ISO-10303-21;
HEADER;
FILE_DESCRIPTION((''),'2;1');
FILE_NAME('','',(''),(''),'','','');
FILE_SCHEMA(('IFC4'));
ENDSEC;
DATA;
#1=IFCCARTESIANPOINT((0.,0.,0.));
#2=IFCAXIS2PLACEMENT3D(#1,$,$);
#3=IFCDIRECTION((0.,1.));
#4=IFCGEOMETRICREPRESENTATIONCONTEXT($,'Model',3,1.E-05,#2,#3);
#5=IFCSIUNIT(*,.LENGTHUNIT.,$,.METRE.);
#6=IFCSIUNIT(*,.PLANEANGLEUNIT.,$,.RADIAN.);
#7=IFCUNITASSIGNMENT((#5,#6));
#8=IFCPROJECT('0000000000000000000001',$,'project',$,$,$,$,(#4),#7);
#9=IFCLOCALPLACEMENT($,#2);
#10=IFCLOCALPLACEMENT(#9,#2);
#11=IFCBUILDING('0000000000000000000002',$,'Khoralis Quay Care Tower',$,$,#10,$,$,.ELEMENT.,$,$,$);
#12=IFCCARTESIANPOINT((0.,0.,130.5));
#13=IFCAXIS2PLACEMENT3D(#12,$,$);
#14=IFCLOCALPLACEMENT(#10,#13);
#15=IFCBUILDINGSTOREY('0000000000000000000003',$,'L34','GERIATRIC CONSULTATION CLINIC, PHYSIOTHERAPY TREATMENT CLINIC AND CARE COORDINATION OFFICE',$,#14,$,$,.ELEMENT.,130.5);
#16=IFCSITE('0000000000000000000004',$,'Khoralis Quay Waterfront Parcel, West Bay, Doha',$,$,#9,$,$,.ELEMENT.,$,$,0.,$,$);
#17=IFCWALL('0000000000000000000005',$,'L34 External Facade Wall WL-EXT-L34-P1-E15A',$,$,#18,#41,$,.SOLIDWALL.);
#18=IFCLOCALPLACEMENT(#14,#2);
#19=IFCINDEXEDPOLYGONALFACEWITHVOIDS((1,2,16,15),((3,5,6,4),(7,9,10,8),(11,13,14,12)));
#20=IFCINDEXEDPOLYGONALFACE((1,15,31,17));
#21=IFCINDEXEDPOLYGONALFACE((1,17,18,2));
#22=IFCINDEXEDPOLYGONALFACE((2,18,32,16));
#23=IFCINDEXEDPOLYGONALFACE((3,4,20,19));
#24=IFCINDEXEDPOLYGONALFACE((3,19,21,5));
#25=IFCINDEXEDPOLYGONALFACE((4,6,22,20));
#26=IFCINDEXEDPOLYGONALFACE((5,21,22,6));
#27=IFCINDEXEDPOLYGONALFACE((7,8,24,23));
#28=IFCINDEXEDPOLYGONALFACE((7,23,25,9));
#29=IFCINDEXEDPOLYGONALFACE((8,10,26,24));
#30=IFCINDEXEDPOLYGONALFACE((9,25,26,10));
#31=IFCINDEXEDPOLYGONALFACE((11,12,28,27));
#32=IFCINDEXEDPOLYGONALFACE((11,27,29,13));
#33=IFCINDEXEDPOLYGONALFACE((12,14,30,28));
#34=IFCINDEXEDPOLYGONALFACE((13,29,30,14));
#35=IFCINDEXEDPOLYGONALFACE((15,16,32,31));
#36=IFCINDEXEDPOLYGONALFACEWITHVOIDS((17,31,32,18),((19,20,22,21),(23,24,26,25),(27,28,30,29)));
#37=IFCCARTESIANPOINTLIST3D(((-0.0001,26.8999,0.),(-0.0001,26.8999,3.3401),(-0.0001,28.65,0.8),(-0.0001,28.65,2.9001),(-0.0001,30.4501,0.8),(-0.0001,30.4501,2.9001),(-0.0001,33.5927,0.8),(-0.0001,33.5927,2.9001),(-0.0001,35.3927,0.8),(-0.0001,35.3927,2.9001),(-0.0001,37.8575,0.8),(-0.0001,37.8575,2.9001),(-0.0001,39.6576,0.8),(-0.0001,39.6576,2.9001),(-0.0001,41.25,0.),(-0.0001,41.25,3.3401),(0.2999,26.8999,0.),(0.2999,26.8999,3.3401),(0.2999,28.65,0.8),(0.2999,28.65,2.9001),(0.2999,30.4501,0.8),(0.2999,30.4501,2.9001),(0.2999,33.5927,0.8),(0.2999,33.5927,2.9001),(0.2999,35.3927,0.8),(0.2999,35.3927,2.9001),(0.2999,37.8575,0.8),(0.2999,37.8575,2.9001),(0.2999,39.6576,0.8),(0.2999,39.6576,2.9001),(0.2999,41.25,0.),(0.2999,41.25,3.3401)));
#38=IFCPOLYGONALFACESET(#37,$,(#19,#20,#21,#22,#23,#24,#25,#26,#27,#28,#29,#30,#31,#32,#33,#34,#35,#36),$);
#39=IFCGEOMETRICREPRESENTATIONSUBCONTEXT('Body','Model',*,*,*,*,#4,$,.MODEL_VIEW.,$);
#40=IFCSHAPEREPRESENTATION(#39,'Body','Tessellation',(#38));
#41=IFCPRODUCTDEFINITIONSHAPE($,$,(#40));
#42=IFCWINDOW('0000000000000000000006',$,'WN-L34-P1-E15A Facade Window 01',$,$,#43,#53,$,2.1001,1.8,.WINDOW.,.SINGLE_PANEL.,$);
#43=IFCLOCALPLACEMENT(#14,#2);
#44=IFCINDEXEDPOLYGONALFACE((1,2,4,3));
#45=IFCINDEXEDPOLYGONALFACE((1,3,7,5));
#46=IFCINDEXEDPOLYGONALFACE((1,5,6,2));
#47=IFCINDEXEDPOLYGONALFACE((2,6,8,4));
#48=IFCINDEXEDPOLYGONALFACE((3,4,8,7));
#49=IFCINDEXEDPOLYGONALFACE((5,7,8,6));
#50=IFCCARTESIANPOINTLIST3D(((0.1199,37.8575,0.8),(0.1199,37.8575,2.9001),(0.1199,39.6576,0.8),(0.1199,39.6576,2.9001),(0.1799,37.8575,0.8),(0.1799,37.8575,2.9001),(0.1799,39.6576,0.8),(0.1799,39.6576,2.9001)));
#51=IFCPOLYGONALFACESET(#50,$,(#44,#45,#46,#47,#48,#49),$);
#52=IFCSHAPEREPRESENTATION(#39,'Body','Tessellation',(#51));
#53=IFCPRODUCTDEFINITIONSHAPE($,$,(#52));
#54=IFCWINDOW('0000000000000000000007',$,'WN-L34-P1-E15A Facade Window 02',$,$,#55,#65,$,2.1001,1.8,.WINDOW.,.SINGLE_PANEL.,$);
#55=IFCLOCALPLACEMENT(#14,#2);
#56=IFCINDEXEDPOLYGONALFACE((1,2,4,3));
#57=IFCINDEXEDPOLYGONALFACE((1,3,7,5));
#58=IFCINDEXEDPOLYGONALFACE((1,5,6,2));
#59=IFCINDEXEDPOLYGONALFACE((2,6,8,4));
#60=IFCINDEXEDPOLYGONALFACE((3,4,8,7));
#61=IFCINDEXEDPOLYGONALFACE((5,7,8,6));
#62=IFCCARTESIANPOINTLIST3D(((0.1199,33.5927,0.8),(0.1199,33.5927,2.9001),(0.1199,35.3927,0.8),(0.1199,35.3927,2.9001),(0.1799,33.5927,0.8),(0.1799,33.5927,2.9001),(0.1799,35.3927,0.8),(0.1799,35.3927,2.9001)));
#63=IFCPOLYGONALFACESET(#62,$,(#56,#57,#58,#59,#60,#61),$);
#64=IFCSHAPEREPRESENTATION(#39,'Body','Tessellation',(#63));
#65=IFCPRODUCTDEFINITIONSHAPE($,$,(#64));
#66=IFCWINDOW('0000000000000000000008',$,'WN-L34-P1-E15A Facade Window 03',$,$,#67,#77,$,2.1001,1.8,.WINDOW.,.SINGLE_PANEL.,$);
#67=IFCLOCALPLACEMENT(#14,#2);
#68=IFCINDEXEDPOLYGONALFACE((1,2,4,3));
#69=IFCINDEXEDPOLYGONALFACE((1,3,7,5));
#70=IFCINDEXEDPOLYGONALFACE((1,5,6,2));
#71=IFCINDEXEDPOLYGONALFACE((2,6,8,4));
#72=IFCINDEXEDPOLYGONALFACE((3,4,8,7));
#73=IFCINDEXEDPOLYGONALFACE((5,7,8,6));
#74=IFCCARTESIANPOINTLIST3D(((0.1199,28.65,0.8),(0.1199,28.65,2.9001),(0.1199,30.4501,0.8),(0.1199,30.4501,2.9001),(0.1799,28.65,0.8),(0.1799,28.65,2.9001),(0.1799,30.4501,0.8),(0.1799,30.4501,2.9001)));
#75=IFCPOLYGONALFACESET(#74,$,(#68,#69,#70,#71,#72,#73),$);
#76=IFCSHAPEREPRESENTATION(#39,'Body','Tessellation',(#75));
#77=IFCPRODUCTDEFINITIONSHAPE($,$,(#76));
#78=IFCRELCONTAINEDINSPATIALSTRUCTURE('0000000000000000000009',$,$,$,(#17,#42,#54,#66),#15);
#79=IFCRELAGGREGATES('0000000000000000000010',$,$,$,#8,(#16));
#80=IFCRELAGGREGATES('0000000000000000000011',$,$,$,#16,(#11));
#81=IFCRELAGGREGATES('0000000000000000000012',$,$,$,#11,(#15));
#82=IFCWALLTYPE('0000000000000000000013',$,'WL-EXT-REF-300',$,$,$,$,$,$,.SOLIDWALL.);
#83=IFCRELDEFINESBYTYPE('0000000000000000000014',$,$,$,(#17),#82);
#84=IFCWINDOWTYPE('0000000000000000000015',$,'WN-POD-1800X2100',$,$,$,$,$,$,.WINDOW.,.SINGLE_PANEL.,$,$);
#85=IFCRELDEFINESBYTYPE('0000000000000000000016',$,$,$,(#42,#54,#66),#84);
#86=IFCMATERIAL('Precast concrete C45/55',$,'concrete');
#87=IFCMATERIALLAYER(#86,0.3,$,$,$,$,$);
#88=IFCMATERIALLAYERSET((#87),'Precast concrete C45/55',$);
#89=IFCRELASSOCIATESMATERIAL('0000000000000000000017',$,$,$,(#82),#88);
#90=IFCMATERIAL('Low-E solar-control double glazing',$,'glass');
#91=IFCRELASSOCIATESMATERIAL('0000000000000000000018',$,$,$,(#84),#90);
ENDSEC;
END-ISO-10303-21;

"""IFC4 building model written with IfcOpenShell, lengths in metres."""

from ifc_helpers import new_model, si_unit, direction, frame, frame_2d, origin, place, context, subcontext, project, spatial, rectangle, extrude, source, transform, mapped, material, layer, layer_set, type_object, element, fill, save


model = new_model("IFC4")

# Units and contexts
model_context = context("Model", 3, precision=1e-05, world=origin(), true_north=direction((0.0, 1.0)))
body_context = subcontext(model_context, "Body", "Model", "MODEL_VIEW")
ifc_project = project(units=[si_unit("LENGTHUNIT", "METRE"), si_unit("PLANEANGLEUNIT", "RADIAN")], contexts=[model_context])

# Site, building, storey
site_placement = place(None, origin())
site = spatial("IfcSite", under=ifc_project, at=site_placement, Name="Khoralis Quay Waterfront Parcel, West Bay, Doha", CompositionType="ELEMENT", RefElevation=0.0)
building_placement = place(site_placement, origin())
building = spatial("IfcBuilding", under=site, at=building_placement, Name="Khoralis Quay Care Tower", CompositionType="ELEMENT")
storey_placement = place(building_placement, frame((0.0, 0.0, 130.5)))
storey = spatial("IfcBuildingStorey", under=building, at=storey_placement, Name="L34", Description="GERIATRIC CONSULTATION CLINIC, PHYSIOTHERAPY TREATMENT CLINIC AND CARE COORDINATION OFFICE", CompositionType="ELEMENT", Elevation=130.5)

# Shared definitions
ifc_material_1 = material(Name="Precast concrete C45/55", Category="concrete")
ifc_layer = layer(ifc_material_1, 0.3)
ifc_layer_set = layer_set([ifc_layer], Name="Precast concrete C45/55")
wall_type = type_object("IfcWallType", Name="WL-EXT-REF-300", PredefinedType="SOLIDWALL", material=ifc_layer_set)

# Wall, openings, windows
wall_placement = place(storey_placement, frame((0.1499, 41.25, 0.0), z_axis=(0.0, 0.0, 1.0), x_axis=(0.0, -1.0, 0.0)))
wall = element("IfcWall", 1, at=wall_placement, inside=storey, type_object=wall_type, Name="L34 External Facade Wall WL-EXT-L34-P1-E15A", PredefinedType="SOLIDWALL", context=body_context, shape_type="SweptSolid", body=[
    extrude(rectangle(XDim=14.3501, YDim=0.3, at=frame_2d((7.175, 0.0))), origin(), (0.0, 0.0, 1.0), 3.3401),
])
opening_1_placement = place(wall_placement, frame((1.5925, 0.0, 0.8)))
opening_1 = element("IfcOpeningElement", 2, at=opening_1_placement, cuts=wall, PredefinedType="OPENING", context=body_context, shape_type="SweptSolid", body=[
    extrude(rectangle(XDim=1.8, YDim=2.1001, at=frame_2d((0.8999, 1.05))), frame((0.0, 0.1602, 0.0), z_axis=(0.0, -1.0, 0.0), x_axis=(1.0, 0.0, 0.0)), (0.0, 0.0, 1.0), 0.3201),
])
opening_2_placement = place(wall_placement, frame((5.8574, 0.0, 0.8)))
opening_2 = element("IfcOpeningElement", 3, at=opening_2_placement, cuts=wall, PredefinedType="OPENING", context=body_context, shape_type="SweptSolid", body=[
    extrude(rectangle(XDim=1.8, YDim=2.1001, at=frame_2d((0.8999, 1.05))), frame((0.0, 0.1602, 0.0), z_axis=(0.0, -1.0, 0.0), x_axis=(1.0, 0.0, 0.0)), (0.0, 0.0, 1.0), 0.3201),
])
opening_3_placement = place(wall_placement, frame((10.8, 0.0, 0.8)))
opening_3 = element("IfcOpeningElement", 4, at=opening_3_placement, cuts=wall, PredefinedType="OPENING", context=body_context, shape_type="SweptSolid", body=[
    extrude(rectangle(XDim=1.8, YDim=2.1001, at=frame_2d((0.8999, 1.05))), frame((0.0, 0.1602, 0.0), z_axis=(0.0, -1.0, 0.0), x_axis=(1.0, 0.0, 0.0)), (0.0, 0.0, 1.0), 0.3201),
])
ifc_material_2 = material(Name="Low-E solar-control double glazing", Category="glass")
window_type = type_object("IfcWindowType", Name="WN-POD-1800X2100", PartitioningType="SINGLE_PANEL", PredefinedType="WINDOW", material=ifc_material_2)
shared_shape_1 = source(origin(), body_context, "Body", "SweptSolid", [
    extrude(rectangle(XDim=1.8, YDim=2.1001, at=frame_2d((0.8999, 1.05))), frame((0.0, 0.03, 0.0), z_axis=(0.0, -1.0, 0.0), x_axis=(1.0, 0.0, 0.0)), (0.0, 0.0, 1.0), 0.0601),
])
window_1_placement = place(opening_1_placement, origin())
window_1 = element("IfcWindow", 5, at=window_1_placement, inside=storey, type_object=window_type, Name="WN-L34-P1-E15A Facade Window 01", OverallHeight=2.1001, OverallWidth=1.8, PartitioningType="SINGLE_PANEL", PredefinedType="WINDOW", context=body_context, shape_type="MappedRepresentation", body=[
    mapped(shared_shape_1, transform((0.0, 0.0, 0.0), scale=1.0)),
])
fill(opening_1, window_1)
window_2_placement = place(opening_2_placement, origin())
window_2 = element("IfcWindow", 6, at=window_2_placement, inside=storey, type_object=window_type, Name="WN-L34-P1-E15A Facade Window 02", OverallHeight=2.1001, OverallWidth=1.8, PartitioningType="SINGLE_PANEL", PredefinedType="WINDOW", context=body_context, shape_type="MappedRepresentation", body=[
    mapped(shared_shape_1, transform((0.0, 0.0, 0.0), scale=1.0)),
])
fill(opening_2, window_2)
window_3_placement = place(opening_3_placement, origin())
window_3 = element("IfcWindow", 7, at=window_3_placement, inside=storey, type_object=window_type, Name="WN-L34-P1-E15A Facade Window 03", OverallHeight=2.1001, OverallWidth=1.8, PartitioningType="SINGLE_PANEL", PredefinedType="WINDOW", context=body_context, shape_type="MappedRepresentation", body=[
    mapped(shared_shape_1, transform((0.0, 0.0, 0.0), scale=1.0)),
])
fill(opening_3, window_3)

save(model, "model.ifc")
